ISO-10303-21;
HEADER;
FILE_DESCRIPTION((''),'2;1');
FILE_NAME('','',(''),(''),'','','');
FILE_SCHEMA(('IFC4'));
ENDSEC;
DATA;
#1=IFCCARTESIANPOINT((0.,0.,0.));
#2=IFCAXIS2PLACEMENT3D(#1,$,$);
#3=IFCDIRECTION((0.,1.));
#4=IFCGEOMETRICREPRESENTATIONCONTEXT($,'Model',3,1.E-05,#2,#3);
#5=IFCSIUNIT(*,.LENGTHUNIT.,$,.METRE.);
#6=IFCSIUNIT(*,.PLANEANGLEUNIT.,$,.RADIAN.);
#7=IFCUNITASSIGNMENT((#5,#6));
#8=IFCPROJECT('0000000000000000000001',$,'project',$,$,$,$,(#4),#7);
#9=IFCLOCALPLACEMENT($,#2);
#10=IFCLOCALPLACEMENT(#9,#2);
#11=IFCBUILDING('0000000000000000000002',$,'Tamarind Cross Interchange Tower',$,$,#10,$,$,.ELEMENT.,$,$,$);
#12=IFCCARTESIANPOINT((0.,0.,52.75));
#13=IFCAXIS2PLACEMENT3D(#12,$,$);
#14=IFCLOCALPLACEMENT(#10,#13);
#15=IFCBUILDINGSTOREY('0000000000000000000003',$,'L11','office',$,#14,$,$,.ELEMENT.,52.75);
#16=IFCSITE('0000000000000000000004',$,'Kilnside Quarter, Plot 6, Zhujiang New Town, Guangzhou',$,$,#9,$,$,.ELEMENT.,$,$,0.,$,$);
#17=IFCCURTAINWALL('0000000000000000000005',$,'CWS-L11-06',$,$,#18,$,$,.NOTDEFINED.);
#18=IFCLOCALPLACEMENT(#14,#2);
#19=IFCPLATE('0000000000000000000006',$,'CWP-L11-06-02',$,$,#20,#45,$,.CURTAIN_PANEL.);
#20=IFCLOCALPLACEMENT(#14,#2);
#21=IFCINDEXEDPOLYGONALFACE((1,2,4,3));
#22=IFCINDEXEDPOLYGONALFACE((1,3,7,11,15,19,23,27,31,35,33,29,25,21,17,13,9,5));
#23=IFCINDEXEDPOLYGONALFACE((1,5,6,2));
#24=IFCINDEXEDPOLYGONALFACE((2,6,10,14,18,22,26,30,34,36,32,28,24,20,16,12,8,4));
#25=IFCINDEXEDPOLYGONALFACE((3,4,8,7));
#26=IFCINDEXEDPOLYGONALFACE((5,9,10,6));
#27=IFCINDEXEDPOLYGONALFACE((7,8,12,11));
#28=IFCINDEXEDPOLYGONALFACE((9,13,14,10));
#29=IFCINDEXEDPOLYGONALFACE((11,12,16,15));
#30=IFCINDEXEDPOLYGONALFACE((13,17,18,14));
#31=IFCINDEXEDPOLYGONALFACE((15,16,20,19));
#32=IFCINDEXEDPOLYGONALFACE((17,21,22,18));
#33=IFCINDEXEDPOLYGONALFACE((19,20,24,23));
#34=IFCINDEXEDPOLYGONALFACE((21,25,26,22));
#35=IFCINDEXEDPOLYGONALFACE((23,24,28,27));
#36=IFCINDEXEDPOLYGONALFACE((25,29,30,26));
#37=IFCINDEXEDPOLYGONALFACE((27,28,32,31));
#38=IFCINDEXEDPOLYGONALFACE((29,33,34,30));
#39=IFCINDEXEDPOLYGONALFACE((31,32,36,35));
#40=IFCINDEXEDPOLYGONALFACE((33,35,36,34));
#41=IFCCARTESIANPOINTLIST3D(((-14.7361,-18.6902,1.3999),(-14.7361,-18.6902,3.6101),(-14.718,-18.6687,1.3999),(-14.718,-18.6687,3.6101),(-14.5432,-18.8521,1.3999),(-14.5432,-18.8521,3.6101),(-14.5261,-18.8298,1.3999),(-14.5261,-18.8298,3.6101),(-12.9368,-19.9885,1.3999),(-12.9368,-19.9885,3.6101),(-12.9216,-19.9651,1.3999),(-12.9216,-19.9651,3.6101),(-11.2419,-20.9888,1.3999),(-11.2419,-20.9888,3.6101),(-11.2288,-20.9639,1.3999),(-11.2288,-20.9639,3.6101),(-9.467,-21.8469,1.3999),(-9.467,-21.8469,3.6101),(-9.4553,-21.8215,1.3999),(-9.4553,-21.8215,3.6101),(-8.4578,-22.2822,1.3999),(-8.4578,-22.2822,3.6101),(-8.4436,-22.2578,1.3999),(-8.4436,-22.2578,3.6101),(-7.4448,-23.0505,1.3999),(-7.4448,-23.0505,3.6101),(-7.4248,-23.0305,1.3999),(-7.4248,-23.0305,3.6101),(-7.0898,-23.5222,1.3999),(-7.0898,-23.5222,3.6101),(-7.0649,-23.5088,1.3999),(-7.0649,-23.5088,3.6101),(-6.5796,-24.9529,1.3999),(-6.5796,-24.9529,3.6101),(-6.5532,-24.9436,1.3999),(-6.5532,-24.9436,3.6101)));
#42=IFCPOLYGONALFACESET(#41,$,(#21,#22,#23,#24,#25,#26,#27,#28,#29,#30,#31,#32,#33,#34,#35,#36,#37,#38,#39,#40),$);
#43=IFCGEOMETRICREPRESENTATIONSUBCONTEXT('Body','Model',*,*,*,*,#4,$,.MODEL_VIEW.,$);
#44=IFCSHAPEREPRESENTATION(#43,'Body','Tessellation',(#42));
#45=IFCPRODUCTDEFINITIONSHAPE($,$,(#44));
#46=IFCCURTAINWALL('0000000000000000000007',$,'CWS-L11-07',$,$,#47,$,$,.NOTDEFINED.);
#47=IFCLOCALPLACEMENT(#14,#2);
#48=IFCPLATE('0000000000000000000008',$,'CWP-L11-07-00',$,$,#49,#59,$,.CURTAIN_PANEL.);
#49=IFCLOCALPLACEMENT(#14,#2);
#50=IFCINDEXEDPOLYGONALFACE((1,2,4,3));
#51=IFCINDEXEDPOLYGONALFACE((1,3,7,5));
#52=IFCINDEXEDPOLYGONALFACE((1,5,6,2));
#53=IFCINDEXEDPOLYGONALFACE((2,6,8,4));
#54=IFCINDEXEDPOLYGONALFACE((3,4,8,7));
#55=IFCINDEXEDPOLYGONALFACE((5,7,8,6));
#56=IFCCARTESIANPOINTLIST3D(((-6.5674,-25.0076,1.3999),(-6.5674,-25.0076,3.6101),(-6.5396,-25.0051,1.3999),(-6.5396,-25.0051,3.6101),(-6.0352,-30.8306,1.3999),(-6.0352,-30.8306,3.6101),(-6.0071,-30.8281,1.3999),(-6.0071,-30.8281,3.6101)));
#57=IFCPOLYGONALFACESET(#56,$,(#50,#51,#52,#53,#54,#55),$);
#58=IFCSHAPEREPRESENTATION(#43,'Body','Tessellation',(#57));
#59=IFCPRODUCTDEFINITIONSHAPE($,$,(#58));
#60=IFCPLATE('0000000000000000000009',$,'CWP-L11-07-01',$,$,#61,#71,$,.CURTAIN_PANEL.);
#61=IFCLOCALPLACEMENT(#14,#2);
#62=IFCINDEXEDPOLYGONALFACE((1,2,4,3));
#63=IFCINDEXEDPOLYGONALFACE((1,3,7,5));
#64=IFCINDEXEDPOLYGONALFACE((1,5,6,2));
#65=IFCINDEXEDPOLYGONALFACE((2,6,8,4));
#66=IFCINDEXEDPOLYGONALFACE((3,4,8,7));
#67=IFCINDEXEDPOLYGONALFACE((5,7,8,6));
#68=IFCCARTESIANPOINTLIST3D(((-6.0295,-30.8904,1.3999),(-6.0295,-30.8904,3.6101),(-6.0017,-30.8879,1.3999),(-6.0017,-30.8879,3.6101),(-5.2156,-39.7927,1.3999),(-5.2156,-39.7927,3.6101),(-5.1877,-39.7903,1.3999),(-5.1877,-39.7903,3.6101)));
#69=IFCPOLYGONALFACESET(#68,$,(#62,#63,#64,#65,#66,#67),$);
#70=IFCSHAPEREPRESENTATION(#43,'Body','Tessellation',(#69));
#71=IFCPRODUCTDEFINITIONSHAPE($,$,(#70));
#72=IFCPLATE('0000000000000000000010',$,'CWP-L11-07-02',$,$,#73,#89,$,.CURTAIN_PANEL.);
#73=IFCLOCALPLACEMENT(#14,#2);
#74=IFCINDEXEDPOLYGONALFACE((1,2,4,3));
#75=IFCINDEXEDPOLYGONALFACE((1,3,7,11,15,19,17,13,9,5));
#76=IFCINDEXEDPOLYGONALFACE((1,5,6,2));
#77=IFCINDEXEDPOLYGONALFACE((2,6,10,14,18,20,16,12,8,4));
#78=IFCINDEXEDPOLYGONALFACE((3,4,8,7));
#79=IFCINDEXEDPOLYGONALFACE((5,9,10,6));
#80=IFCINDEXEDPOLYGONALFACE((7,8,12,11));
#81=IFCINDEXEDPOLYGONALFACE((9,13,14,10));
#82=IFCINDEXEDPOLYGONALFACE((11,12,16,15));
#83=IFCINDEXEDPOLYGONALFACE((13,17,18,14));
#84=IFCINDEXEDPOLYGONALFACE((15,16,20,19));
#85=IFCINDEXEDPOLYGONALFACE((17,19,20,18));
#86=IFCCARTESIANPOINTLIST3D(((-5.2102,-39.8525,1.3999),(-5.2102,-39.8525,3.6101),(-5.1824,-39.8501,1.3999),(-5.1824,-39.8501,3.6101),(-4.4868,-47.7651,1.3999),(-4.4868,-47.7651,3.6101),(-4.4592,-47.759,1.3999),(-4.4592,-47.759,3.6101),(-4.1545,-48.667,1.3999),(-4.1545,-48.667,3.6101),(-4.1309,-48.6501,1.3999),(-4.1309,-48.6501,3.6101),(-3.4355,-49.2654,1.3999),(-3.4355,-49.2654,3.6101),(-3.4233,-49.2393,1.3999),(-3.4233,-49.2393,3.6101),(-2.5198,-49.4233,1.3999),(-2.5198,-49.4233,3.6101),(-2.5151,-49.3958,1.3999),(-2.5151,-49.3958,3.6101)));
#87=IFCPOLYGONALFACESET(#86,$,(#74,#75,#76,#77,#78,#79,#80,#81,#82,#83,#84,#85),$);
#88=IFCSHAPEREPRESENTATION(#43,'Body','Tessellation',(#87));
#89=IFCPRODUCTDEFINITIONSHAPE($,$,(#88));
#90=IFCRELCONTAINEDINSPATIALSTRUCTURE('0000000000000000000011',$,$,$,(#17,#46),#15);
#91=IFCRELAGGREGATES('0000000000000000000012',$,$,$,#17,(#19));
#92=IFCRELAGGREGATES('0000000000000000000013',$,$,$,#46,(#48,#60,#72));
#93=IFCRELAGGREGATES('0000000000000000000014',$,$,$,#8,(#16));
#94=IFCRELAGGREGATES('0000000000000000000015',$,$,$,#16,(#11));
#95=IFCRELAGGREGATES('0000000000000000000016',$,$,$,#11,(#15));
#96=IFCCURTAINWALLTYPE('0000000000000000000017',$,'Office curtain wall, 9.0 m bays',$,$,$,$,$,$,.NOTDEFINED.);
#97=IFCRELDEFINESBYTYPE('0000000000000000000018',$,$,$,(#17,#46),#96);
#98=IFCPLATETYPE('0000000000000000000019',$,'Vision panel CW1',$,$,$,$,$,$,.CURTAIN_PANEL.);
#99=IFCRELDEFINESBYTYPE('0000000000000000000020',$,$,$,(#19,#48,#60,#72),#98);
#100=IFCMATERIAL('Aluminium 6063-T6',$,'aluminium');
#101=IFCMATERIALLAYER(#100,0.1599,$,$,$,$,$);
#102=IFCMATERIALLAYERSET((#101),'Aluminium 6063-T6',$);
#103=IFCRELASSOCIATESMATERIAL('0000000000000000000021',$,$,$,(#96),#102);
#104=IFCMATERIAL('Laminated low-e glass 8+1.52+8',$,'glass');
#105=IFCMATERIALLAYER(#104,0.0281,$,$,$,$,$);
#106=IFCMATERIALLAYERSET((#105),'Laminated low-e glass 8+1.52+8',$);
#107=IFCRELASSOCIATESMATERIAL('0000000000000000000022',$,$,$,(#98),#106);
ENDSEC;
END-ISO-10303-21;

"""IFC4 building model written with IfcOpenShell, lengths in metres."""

from ifc_helpers import new_model, si_unit, direction, frame, origin, place, context, subcontext, project, spatial, polyline, outline, extrude, material, layer, layer_set, type_object, element, aggregate, save


model = new_model("IFC4")

# Units and contexts
model_context = context("Model", 3, precision=1e-05, world=origin(), true_north=direction((0.0, 1.0)))
body_context = subcontext(model_context, "Body", "Model", "MODEL_VIEW")
ifc_project = project(units=[si_unit("LENGTHUNIT", "METRE"), si_unit("PLANEANGLEUNIT", "RADIAN")], contexts=[model_context])

# Site, building, storey
site_placement = place(None, origin())
site = spatial("IfcSite", under=ifc_project, at=site_placement, Name="Kilnside Quarter, Plot 6, Zhujiang New Town, Guangzhou", CompositionType="ELEMENT", RefElevation=0.0)
building_placement = place(site_placement, origin())
building = spatial("IfcBuilding", under=site, at=building_placement, Name="Tamarind Cross Interchange Tower", CompositionType="ELEMENT")
storey_placement = place(building_placement, frame((0.0, 0.0, 52.75)))
storey = spatial("IfcBuildingStorey", under=building, at=storey_placement, Name="L11", Description="office", CompositionType="ELEMENT", Elevation=52.75)

# Curtain wall
ifc_material_1 = material(Name="Aluminium 6063-T6", Category="aluminium")
ifc_layer_1 = layer(ifc_material_1, 0.1599)
ifc_layer_set_1 = layer_set([ifc_layer_1], Name="Aluminium 6063-T6")
curtain_wall_type = type_object("IfcCurtainWallType", Name="Office curtain wall, 9.0 m bays", PredefinedType="NOTDEFINED", material=ifc_layer_set_1)
curtain_wall_1_placement = place(storey_placement, origin())
curtain_wall_1 = element("IfcCurtainWall", 1, at=curtain_wall_1_placement, inside=storey, type_object=curtain_wall_type, Name="CWS-L11-06", PredefinedType="NOTDEFINED")

# Plate
ifc_material_2 = material(Name="Laminated low-e glass 8+1.52+8", Category="glass")
ifc_layer_2 = layer(ifc_material_2, 0.0281)
ifc_layer_set_2 = layer_set([ifc_layer_2], Name="Laminated low-e glass 8+1.52+8")
plate_type = type_object("IfcPlateType", Name="Vision panel CW1", PredefinedType="CURTAIN_PANEL", material=ifc_layer_set_2)
plate_1_placement = place(storey_placement, frame((0.0, 0.0, 1.3999)))
plate_1 = element("IfcPlate", 2, at=plate_1_placement, type_object=plate_type, Name="CWP-L11-06-02", PredefinedType="CURTAIN_PANEL", context=body_context, shape_type="SweptSolid", body=[
    extrude(outline(polyline([(-14.718, -18.6687), (-14.5261, -18.8298), (-12.9216, -19.9651), (-11.2288, -20.9639), (-9.4553, -21.8215), (-8.4436, -22.2578), (-7.4248, -23.0305), (-7.0649, -23.5088), (-6.5532, -24.9436), (-6.5796, -24.9529), (-7.0898, -23.5222), (-7.4448, -23.0505), (-8.4578, -22.2822), (-9.467, -21.8469), (-11.2419, -20.9888), (-12.9368, -19.9885), (-14.5432, -18.8521), (-14.7361, -18.6902), (-14.718, -18.6687)])), origin(), (0.0, 0.0, 1.0), 2.2102),
])
aggregate(curtain_wall_1, [plate_1])

# Curtain wall, plates
curtain_wall_2_placement = place(storey_placement, origin())
curtain_wall_2 = element("IfcCurtainWall", 3, at=curtain_wall_2_placement, inside=storey, type_object=curtain_wall_type, Name="CWS-L11-07", PredefinedType="NOTDEFINED")
plate_2_placement = place(storey_placement, frame((0.0, 0.0, 1.3999)))
plate_2 = element("IfcPlate", 4, at=plate_2_placement, type_object=plate_type, Name="CWP-L11-07-00", PredefinedType="CURTAIN_PANEL", context=body_context, shape_type="SweptSolid", body=[
    extrude(outline(polyline([(-6.5396, -25.0051), (-6.0071, -30.8281), (-6.0352, -30.8306), (-6.5674, -25.0076), (-6.5396, -25.0051)])), origin(), (0.0, 0.0, 1.0), 2.2102),
])
plate_3_placement = place(storey_placement, frame((0.0, 0.0, 1.3999)))
plate_3 = element("IfcPlate", 5, at=plate_3_placement, type_object=plate_type, Name="CWP-L11-07-01", PredefinedType="CURTAIN_PANEL", context=body_context, shape_type="SweptSolid", body=[
    extrude(outline(polyline([(-6.0017, -30.8879), (-5.1877, -39.7903), (-5.2156, -39.7927), (-6.0295, -30.8904), (-6.0017, -30.8879)])), origin(), (0.0, 0.0, 1.0), 2.2102),
])
plate_4_placement = place(storey_placement, frame((0.0, 0.0, 1.3999)))
plate_4 = element("IfcPlate", 6, at=plate_4_placement, type_object=plate_type, Name="CWP-L11-07-02", PredefinedType="CURTAIN_PANEL", context=body_context, shape_type="SweptSolid", body=[
    extrude(outline(polyline([(-5.1824, -39.8501), (-4.4592, -47.759), (-4.1309, -48.6501), (-3.4233, -49.2393), (-2.5151, -49.3958), (-2.5198, -49.4233), (-3.4355, -49.2654), (-4.1545, -48.667), (-4.4868, -47.7651), (-5.2102, -39.8525), (-5.1824, -39.8501)])), origin(), (0.0, 0.0, 1.0), 2.2102),
])
aggregate(curtain_wall_2, [plate_2, plate_3, plate_4])

save(model, "model.ifc")
